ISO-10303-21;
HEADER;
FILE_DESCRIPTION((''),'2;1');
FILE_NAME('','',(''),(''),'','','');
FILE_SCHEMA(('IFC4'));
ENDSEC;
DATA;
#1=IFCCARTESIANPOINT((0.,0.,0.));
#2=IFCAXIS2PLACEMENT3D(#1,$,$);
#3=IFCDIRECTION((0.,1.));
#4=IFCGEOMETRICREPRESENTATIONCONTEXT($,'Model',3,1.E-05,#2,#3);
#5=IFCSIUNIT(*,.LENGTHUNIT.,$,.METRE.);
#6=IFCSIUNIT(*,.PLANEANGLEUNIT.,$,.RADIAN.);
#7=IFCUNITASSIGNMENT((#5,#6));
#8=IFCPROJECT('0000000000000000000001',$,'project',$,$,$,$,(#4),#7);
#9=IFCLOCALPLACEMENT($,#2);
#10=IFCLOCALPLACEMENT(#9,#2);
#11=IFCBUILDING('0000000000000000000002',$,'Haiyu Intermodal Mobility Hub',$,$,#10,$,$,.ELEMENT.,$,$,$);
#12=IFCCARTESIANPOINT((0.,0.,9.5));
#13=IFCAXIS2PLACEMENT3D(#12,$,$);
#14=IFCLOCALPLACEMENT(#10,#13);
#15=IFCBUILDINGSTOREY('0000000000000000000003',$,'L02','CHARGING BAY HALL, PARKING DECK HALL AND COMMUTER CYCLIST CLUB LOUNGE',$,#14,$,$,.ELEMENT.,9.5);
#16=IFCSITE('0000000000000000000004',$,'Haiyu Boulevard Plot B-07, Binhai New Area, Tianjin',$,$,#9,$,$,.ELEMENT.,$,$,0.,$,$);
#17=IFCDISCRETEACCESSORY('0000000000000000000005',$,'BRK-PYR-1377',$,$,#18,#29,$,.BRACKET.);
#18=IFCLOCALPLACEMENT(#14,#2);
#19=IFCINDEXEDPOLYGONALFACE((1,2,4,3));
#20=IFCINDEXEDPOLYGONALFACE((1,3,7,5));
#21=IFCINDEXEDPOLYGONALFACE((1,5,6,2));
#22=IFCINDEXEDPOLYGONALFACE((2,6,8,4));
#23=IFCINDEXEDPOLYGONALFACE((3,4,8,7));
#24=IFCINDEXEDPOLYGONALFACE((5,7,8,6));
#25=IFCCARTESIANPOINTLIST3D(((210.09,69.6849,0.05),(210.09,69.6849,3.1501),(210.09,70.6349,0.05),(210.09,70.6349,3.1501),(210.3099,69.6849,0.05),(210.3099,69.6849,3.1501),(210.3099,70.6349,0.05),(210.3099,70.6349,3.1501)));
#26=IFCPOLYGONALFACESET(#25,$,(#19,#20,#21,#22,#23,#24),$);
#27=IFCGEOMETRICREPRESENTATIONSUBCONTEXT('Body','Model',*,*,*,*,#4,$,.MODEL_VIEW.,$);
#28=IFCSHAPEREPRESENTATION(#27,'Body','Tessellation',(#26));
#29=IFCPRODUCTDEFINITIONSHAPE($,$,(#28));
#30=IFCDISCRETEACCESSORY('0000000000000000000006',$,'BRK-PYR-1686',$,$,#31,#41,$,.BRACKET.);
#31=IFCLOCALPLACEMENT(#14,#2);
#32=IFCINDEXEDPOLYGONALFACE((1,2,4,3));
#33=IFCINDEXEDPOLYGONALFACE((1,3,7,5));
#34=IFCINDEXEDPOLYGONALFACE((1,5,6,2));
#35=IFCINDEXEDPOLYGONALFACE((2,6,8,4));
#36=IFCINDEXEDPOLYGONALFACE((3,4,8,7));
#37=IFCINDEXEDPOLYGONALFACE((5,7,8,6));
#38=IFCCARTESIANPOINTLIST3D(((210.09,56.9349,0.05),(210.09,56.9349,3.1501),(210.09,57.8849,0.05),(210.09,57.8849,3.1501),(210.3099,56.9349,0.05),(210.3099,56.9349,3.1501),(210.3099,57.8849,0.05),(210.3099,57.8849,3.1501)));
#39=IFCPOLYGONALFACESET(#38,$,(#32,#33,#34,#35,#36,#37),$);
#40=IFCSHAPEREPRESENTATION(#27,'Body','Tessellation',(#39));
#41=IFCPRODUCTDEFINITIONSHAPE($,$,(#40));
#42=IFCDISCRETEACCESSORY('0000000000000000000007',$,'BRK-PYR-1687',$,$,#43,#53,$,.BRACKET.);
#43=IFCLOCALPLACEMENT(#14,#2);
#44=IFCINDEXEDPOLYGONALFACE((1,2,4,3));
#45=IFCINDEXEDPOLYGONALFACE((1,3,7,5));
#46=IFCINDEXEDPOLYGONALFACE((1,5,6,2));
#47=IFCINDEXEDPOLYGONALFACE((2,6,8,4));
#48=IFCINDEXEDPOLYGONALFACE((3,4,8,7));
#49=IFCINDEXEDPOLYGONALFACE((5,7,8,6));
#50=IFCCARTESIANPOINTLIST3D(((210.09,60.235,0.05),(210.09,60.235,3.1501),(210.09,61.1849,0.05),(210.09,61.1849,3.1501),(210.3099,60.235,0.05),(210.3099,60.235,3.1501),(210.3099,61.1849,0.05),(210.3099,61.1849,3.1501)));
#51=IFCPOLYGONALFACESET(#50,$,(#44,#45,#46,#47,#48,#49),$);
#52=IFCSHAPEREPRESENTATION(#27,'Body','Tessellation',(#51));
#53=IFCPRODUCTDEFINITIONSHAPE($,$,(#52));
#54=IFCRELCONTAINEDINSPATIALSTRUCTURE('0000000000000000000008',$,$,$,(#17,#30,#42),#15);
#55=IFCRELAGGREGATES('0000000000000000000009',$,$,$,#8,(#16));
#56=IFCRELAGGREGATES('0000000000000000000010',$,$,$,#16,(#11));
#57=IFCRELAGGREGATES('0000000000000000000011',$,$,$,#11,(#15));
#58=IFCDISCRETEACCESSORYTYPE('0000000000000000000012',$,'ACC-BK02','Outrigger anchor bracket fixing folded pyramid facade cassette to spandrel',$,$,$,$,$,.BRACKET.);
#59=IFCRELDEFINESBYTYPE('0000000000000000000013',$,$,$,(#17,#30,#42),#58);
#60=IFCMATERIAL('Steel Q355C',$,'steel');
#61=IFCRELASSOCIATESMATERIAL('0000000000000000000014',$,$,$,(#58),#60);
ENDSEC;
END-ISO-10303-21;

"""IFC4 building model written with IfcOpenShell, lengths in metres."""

from ifc_helpers import new_model, si_unit, direction, frame, origin, origin_2d, place, context, subcontext, project, spatial, rectangle, extrude, material, type_object, element, save


model = new_model("IFC4")

# Units and contexts
model_context = context("Model", 3, precision=1e-05, world=origin(), true_north=direction((0.0, 1.0)))
body_context = subcontext(model_context, "Body", "Model", "MODEL_VIEW")
ifc_project = project(units=[si_unit("LENGTHUNIT", "METRE"), si_unit("PLANEANGLEUNIT", "RADIAN")], contexts=[model_context])

# Site, building, storey
site_placement = place(None, origin())
site = spatial("IfcSite", under=ifc_project, at=site_placement, Name="Haiyu Boulevard Plot B-07, Binhai New Area, Tianjin", CompositionType="ELEMENT", RefElevation=0.0)
building_placement = place(site_placement, origin())
building = spatial("IfcBuilding", under=site, at=building_placement, Name="Haiyu Intermodal Mobility Hub", CompositionType="ELEMENT")
storey_placement = place(building_placement, frame((0.0, 0.0, 9.5)))
storey = spatial("IfcBuildingStorey", under=building, at=storey_placement, Name="L02", Description="CHARGING BAY HALL, PARKING DECK HALL AND COMMUTER CYCLIST CLUB LOUNGE", CompositionType="ELEMENT", Elevation=9.5)

# Shared definitions
ifc_material_1 = material(Name="Steel Q355C", Category="steel")

# Discrete accessories
discrete_accessory_type = type_object("IfcDiscreteAccessoryType", Name="ACC-BK02", Description="Outrigger anchor bracket fixing folded pyramid facade cassette to spandrel", PredefinedType="BRACKET", material=ifc_material_1)
for number, where, z_axis, x_axis, name in (
    (1, (210.2, 70.1599, 0.05), (0.0, 0.0, 1.0), (1.0, 0.0, 0.0), "BRK-PYR-1377"),
    (2, (210.2, 57.4099, 0.05), (0.0, 0.0, 1.0), (1.0, 0.0, 0.0), "BRK-PYR-1686"),
    (3, (210.2, 60.71, 0.05), (0.0, 0.0, 1.0), (1.0, 0.0, 0.0), "BRK-PYR-1687"),
):
    element("IfcDiscreteAccessory", number, at=place(storey_placement, frame(where, z_axis=z_axis, x_axis=x_axis)), inside=storey, type_object=discrete_accessory_type, Name=name, PredefinedType="BRACKET", context=body_context, shape_type="SweptSolid", body=[
        extrude(rectangle(XDim=0.22, YDim=0.95, at=origin_2d()), origin(), (0.0, 0.0, 1.0), 3.1001),
    ])

save(model, "model.ifc")
